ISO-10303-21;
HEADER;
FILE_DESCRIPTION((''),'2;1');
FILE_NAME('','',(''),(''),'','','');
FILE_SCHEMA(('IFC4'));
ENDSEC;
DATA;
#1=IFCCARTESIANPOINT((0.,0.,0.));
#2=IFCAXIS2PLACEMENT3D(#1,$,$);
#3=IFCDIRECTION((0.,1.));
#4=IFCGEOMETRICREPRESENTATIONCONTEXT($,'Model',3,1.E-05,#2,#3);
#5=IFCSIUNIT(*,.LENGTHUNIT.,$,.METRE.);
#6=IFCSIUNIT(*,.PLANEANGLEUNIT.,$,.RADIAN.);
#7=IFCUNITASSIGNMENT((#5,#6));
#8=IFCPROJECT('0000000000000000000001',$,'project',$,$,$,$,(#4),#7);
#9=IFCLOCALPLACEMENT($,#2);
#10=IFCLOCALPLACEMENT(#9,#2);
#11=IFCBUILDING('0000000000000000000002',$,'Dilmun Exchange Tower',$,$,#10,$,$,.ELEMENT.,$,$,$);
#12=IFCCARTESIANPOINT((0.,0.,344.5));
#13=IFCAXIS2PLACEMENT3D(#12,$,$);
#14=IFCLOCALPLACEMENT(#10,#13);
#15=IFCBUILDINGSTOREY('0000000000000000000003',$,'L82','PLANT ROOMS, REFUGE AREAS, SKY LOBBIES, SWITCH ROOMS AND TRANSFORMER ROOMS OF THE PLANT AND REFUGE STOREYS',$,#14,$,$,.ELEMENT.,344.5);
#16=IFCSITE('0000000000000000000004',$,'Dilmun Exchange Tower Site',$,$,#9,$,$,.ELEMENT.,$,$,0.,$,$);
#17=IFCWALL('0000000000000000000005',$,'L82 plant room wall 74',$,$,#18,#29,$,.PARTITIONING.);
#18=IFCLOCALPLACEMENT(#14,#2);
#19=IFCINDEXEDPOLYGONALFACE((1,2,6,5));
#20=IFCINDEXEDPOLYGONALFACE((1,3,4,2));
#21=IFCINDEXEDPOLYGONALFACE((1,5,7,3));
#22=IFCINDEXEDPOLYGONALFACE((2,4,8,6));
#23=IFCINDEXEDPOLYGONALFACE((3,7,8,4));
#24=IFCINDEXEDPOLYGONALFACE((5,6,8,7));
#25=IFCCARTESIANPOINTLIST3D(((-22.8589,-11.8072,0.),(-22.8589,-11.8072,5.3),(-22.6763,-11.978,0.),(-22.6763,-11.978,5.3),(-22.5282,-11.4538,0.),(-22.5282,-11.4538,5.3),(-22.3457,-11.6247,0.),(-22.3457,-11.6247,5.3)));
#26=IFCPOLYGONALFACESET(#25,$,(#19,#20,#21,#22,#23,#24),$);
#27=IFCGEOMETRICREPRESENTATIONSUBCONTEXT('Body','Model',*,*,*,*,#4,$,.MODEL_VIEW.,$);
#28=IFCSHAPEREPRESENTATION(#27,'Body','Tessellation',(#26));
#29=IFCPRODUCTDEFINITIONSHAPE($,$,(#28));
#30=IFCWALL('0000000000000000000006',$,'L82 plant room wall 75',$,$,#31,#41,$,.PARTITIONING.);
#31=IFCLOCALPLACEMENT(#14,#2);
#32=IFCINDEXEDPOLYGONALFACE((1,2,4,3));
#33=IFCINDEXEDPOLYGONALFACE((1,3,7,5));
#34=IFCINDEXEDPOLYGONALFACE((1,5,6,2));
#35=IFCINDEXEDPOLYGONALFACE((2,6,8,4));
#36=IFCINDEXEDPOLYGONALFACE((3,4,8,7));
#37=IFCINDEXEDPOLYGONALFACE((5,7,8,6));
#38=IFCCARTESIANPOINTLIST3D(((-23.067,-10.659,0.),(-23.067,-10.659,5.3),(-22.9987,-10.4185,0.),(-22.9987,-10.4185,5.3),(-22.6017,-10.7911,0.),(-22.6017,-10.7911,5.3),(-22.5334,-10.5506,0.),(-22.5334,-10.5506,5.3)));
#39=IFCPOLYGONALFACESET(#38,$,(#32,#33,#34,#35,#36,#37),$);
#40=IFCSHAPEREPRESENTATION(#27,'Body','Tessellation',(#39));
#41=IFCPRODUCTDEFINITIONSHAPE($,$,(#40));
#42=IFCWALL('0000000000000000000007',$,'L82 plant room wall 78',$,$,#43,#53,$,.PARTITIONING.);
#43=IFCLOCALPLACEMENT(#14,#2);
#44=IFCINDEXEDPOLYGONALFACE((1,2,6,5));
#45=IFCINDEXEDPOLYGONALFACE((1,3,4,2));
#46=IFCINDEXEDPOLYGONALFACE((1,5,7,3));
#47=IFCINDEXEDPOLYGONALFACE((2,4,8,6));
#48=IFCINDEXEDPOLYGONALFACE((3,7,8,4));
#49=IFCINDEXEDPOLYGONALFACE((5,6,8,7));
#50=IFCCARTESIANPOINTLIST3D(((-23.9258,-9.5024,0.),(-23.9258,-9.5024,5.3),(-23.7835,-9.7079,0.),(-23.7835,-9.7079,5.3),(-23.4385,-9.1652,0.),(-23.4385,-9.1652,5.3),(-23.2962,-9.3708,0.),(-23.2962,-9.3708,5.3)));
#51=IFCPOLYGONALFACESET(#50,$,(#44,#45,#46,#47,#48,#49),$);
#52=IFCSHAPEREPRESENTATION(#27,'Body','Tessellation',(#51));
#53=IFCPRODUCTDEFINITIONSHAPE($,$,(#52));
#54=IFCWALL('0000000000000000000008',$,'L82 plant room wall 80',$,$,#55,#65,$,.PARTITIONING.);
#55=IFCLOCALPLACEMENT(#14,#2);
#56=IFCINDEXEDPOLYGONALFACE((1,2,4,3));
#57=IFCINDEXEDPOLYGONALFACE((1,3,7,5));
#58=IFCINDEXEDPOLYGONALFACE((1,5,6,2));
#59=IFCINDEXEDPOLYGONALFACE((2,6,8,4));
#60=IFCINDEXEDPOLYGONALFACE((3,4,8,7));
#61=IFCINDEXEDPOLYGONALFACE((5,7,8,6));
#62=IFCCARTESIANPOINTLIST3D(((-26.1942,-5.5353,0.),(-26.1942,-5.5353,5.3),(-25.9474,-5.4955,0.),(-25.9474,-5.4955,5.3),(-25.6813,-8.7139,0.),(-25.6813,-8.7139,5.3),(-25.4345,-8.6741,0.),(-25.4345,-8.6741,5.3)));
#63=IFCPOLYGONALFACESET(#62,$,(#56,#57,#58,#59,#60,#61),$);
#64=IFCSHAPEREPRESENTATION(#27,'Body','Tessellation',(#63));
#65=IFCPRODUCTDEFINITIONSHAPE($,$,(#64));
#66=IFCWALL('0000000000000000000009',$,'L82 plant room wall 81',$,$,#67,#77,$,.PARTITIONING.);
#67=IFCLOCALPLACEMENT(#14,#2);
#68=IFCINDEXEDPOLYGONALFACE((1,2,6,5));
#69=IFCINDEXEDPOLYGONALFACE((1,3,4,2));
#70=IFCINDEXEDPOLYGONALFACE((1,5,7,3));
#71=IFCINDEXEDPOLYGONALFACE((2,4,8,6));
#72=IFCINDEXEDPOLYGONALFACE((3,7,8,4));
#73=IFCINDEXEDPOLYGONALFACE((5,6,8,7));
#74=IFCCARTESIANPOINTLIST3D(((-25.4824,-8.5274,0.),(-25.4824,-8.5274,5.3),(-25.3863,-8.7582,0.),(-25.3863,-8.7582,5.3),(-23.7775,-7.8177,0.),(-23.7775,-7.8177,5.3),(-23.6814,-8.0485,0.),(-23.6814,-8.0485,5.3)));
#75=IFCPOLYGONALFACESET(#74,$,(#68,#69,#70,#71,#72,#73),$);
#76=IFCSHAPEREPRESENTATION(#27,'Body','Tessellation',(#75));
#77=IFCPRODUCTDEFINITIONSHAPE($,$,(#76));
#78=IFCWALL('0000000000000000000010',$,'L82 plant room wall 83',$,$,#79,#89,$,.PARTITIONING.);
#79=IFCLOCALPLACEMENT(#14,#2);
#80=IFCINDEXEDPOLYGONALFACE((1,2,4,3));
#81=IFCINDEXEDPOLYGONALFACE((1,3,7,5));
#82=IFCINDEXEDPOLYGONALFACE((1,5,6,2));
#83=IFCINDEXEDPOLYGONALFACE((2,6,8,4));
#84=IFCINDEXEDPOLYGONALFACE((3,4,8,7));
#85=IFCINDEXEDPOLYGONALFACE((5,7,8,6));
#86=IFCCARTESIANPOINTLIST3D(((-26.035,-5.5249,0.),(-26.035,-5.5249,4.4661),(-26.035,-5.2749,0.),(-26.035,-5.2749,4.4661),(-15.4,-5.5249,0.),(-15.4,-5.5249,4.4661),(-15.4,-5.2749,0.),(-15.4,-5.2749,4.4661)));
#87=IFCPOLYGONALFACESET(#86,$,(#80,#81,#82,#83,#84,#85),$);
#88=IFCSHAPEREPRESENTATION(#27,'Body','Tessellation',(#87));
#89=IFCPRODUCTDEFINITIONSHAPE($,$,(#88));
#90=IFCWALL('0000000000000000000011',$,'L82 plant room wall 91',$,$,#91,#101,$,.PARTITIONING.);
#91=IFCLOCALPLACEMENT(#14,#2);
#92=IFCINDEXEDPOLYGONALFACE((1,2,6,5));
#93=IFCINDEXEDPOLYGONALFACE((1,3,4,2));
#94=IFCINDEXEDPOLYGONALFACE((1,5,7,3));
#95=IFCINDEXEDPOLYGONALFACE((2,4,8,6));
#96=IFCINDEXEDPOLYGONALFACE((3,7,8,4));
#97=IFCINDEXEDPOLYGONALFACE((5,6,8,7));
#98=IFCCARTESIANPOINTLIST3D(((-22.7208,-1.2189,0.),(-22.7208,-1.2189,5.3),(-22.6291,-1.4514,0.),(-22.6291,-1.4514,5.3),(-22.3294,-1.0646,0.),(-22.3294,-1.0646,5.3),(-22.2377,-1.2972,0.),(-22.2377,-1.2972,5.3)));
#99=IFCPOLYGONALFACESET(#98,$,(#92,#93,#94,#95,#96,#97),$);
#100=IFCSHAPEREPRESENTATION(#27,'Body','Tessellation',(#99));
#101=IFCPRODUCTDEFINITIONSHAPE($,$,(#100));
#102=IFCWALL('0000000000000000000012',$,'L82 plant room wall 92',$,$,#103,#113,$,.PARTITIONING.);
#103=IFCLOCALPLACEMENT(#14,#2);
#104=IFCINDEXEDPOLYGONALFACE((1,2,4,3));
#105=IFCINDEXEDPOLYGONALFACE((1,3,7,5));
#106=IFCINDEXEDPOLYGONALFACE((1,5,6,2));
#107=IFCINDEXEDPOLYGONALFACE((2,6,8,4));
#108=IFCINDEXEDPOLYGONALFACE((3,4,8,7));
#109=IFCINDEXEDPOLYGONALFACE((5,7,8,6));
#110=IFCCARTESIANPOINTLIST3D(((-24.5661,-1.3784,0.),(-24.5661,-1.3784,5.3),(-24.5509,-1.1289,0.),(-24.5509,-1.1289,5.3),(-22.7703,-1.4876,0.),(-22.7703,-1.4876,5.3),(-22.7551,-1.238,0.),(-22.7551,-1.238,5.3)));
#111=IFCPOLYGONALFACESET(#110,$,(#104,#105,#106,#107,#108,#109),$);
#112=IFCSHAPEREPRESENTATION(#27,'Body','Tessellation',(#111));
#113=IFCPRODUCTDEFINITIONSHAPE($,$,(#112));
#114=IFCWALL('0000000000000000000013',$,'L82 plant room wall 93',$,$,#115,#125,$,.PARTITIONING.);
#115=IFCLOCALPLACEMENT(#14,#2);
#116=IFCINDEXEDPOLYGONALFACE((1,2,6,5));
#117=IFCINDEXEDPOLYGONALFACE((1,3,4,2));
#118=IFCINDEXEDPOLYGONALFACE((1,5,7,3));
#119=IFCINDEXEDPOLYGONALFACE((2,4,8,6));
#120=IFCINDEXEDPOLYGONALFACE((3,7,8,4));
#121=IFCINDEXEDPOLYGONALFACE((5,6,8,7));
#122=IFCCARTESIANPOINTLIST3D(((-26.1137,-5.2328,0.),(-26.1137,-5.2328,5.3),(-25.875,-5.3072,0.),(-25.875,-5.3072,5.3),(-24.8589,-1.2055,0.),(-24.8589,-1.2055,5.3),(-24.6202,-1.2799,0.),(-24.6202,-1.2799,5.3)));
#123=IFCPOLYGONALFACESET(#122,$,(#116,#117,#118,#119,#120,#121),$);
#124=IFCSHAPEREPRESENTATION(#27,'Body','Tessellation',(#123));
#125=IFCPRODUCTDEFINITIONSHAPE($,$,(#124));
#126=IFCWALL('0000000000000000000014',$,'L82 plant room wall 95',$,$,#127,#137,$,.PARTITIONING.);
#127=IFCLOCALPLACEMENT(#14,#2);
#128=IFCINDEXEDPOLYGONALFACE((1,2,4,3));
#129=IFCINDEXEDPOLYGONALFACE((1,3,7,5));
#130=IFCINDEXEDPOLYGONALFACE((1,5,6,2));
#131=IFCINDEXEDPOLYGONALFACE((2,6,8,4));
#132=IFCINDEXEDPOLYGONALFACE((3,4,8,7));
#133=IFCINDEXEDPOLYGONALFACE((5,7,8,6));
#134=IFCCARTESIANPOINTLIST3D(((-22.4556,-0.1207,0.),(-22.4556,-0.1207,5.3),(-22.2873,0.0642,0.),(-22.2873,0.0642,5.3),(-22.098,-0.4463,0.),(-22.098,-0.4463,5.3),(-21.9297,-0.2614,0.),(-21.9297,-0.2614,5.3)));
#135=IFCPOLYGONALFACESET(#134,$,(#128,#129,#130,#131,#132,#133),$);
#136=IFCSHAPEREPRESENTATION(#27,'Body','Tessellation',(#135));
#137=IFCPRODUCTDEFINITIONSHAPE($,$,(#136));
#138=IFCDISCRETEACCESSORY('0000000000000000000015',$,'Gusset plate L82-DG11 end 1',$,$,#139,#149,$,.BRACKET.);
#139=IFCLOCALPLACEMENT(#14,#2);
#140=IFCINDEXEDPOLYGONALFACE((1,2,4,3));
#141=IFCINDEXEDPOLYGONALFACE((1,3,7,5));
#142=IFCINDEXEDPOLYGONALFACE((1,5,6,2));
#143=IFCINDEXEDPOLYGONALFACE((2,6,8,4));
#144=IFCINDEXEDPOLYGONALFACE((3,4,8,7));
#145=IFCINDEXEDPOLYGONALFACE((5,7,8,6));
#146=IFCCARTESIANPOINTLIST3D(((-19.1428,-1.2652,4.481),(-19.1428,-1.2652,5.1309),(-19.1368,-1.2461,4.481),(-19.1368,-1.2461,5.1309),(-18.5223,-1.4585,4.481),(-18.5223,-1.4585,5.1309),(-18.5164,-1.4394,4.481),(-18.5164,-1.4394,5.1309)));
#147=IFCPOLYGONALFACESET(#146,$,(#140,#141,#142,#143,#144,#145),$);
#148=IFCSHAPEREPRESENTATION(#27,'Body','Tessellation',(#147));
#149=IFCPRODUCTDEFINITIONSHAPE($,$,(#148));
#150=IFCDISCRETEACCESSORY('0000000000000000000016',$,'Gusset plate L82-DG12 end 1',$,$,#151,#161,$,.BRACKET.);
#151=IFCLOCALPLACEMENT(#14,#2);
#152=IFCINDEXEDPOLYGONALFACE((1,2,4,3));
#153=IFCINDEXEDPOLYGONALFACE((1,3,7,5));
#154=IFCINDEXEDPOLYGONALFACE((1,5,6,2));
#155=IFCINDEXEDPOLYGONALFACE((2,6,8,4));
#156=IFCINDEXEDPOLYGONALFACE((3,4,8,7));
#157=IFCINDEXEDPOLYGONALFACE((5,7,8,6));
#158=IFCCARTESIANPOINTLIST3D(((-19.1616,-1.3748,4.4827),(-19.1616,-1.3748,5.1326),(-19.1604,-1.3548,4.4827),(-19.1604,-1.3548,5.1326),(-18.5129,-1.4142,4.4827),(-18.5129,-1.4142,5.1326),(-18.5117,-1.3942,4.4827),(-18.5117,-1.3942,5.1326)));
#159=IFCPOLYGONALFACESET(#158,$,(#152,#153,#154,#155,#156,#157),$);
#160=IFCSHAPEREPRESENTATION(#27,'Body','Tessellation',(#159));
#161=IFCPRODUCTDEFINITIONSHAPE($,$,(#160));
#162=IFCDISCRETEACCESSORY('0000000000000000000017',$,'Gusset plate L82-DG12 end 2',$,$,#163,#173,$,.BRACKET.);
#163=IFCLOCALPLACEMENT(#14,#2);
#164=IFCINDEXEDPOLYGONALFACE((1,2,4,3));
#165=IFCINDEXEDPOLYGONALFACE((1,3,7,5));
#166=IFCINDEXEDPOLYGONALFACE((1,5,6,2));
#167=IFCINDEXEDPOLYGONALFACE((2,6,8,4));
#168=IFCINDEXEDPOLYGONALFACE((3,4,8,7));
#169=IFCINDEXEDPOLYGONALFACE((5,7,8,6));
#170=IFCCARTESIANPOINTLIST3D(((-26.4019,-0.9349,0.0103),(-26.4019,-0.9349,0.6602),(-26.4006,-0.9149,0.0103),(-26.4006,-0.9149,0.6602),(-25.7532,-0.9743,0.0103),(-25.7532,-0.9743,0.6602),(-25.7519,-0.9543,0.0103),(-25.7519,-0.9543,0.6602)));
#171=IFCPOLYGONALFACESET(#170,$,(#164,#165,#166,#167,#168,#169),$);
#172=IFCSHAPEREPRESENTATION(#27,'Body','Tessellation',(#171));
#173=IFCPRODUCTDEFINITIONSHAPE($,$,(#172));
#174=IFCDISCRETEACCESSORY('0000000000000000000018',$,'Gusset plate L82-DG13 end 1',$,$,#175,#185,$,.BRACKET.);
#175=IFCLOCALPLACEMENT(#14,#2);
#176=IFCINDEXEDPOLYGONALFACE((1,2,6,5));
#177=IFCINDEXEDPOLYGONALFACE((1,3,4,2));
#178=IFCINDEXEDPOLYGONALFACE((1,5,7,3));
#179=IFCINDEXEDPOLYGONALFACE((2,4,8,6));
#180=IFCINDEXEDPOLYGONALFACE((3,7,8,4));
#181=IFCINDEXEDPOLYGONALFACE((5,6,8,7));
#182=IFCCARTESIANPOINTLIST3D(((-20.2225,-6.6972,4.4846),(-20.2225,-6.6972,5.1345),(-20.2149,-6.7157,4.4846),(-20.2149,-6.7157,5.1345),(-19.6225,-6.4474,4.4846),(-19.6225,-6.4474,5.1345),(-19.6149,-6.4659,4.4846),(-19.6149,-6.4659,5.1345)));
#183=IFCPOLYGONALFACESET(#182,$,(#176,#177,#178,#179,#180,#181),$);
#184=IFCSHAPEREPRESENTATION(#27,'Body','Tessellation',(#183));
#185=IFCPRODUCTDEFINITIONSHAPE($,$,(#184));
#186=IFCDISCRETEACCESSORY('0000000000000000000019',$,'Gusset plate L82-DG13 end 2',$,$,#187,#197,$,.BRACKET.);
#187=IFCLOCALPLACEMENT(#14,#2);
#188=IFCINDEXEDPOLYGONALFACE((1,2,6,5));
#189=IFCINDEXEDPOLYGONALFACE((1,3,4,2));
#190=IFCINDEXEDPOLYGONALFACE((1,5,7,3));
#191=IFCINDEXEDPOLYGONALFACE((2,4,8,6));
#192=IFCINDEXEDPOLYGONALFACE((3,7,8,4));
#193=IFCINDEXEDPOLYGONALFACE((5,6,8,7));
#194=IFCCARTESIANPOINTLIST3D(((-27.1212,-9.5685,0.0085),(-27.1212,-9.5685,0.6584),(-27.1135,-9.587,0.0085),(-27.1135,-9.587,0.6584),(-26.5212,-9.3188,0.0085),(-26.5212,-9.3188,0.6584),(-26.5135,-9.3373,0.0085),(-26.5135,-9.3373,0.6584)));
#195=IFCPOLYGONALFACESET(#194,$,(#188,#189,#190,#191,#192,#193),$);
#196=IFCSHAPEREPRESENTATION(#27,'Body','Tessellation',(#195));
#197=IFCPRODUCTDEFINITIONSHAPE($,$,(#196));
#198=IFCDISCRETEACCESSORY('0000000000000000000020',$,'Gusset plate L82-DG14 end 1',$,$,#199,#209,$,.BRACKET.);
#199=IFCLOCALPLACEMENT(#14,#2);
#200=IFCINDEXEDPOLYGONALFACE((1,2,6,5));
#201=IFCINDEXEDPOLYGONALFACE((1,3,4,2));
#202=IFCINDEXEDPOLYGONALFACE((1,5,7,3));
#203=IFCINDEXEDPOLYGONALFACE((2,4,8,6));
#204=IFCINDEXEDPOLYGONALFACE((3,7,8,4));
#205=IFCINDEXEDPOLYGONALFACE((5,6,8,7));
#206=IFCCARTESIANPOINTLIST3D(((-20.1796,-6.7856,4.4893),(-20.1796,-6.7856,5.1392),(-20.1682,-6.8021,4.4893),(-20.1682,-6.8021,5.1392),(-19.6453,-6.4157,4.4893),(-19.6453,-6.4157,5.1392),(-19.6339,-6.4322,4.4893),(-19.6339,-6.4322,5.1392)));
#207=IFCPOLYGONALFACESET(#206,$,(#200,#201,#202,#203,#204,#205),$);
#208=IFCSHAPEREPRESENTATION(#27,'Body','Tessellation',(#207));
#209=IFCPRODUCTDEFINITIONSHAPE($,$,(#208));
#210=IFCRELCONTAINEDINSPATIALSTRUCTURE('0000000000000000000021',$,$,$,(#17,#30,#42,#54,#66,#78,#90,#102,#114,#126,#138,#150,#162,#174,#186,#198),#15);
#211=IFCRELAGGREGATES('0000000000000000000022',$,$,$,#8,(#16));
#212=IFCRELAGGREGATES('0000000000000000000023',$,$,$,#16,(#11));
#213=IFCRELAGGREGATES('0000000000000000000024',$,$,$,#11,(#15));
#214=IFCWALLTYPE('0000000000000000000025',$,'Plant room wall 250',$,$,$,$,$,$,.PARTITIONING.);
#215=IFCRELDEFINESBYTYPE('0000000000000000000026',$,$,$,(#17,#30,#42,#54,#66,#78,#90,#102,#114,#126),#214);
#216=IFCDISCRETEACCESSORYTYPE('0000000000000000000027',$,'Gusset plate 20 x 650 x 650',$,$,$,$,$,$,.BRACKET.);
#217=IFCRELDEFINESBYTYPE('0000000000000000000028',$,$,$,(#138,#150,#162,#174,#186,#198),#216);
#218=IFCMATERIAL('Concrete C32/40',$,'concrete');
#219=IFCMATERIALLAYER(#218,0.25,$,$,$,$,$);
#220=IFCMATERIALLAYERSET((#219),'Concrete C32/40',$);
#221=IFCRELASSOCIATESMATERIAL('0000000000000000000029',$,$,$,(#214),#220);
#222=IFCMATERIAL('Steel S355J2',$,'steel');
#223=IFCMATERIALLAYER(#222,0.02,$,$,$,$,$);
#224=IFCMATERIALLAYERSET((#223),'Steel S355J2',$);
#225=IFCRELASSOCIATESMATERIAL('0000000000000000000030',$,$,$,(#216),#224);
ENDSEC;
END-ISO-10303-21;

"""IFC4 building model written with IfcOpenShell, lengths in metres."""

from ifc_helpers import new_model, si_unit, direction, frame, frame_2d, origin, origin_2d, place, context, subcontext, project, spatial, rectangle, extrude, material, layer, layer_set, type_object, element, save


model = new_model("IFC4")

# Units and contexts
model_context = context("Model", 3, precision=1e-05, world=origin(), true_north=direction((0.0, 1.0)))
body_context = subcontext(model_context, "Body", "Model", "MODEL_VIEW")
ifc_project = project(units=[si_unit("LENGTHUNIT", "METRE"), si_unit("PLANEANGLEUNIT", "RADIAN")], contexts=[model_context])

# Site, building, storey
site_placement = place(None, origin())
site = spatial("IfcSite", under=ifc_project, at=site_placement, Name="Dilmun Exchange Tower Site", CompositionType="ELEMENT", RefElevation=0.0)
building_placement = place(site_placement, origin())
building = spatial("IfcBuilding", under=site, at=building_placement, Name="Dilmun Exchange Tower", CompositionType="ELEMENT")
storey_placement = place(building_placement, frame((0.0, 0.0, 344.5)))
storey = spatial("IfcBuildingStorey", under=building, at=storey_placement, Name="L82", Description="PLANT ROOMS, REFUGE AREAS, SKY LOBBIES, SWITCH ROOMS AND TRANSFORMER ROOMS OF THE PLANT AND REFUGE STOREYS", CompositionType="ELEMENT", Elevation=344.5)

# Walls
ifc_material_1 = material(Name="Concrete C32/40", Category="concrete")
ifc_layer_1 = layer(ifc_material_1, 0.25)
ifc_layer_set_1 = layer_set([ifc_layer_1], Name="Concrete C32/40")
wall_type = type_object("IfcWallType", Name="Plant room wall 250", PredefinedType="PARTITIONING", material=ifc_layer_set_1)
wall_1_placement = place(storey_placement, frame((-22.7676, -11.8926, 0.0), z_axis=(0.0, 0.0, 1.0), x_axis=(0.683253, 0.730182, 0.0)))
element("IfcWall", 1, at=wall_1_placement, inside=storey, type_object=wall_type, Name="L82 plant room wall 74", PredefinedType="PARTITIONING", context=body_context, shape_type="SweptSolid", body=[
    extrude(rectangle(XDim=0.4839, YDim=0.25, at=frame_2d((0.2419, 0.0))), origin(), (0.0, 0.0, 1.0), 5.3),
])
wall_2_placement = place(storey_placement, frame((-23.0327, -10.5388, 0.0), z_axis=(0.0, 0.0, 1.0), x_axis=(0.961999, -0.273054, 0.0)))
element("IfcWall", 2, at=wall_2_placement, inside=storey, type_object=wall_type, Name="L82 plant room wall 75", PredefinedType="PARTITIONING", context=body_context, shape_type="SweptSolid", body=[
    extrude(rectangle(XDim=0.4836, YDim=0.25, at=frame_2d((0.2417, 0.0))), origin(), (0.0, 0.0, 1.0), 5.3),
])
wall_3_placement = place(storey_placement, frame((-23.8547, -9.6052, 0.0), z_axis=(0.0, 0.0, 1.0), x_axis=(0.822355, 0.568974, 0.0)))
element("IfcWall", 3, at=wall_3_placement, inside=storey, type_object=wall_type, Name="L82 plant room wall 78", PredefinedType="PARTITIONING", context=body_context, shape_type="SweptSolid", body=[
    extrude(rectangle(XDim=0.5925, YDim=0.25, at=frame_2d((0.2964, 0.0))), origin(), (0.0, 0.0, 1.0), 5.3),
])
wall_4_placement = place(storey_placement, frame((-26.0708, -5.5154, 0.0), z_axis=(0.0, 0.0, 1.0), x_axis=(0.159306, -0.987229, 0.0)))
element("IfcWall", 4, at=wall_4_placement, inside=storey, type_object=wall_type, Name="L82 plant room wall 80", PredefinedType="PARTITIONING", context=body_context, shape_type="SweptSolid", body=[
    extrude(rectangle(XDim=3.2197, YDim=0.25, at=frame_2d((1.6099, 0.0))), origin(), (0.0, 0.0, 1.0), 5.3),
])
wall_5_placement = place(storey_placement, frame((-25.4343, -8.6428, 0.0), z_axis=(0.0, 0.0, 1.0), x_axis=(0.923198, 0.384324, 0.0)))
element("IfcWall", 5, at=wall_5_placement, inside=storey, type_object=wall_type, Name="L82 plant room wall 81", PredefinedType="PARTITIONING", context=body_context, shape_type="SweptSolid", body=[
    extrude(rectangle(XDim=1.8467, YDim=0.25, at=frame_2d((0.9233, 0.0))), origin(), (0.0, 0.0, 1.0), 5.3),
])
wall_6_placement = place(storey_placement, frame((-26.0349, -5.3999, 0.0), z_axis=(0.0, 0.0, 1.0), x_axis=(1.0, 0.0, 0.0)))
element("IfcWall", 6, at=wall_6_placement, inside=storey, type_object=wall_type, Name="L82 plant room wall 83", PredefinedType="PARTITIONING", context=body_context, shape_type="SweptSolid", body=[
    extrude(rectangle(XDim=10.635, YDim=0.25, at=frame_2d((5.3174, 0.0))), origin(), (0.0, 0.0, 1.0), 4.4661),
])
wall_7_placement = place(storey_placement, frame((-22.675, -1.3352, 0.0), z_axis=(0.0, 0.0, 1.0), x_axis=(0.930306, 0.366783, 0.0)))
element("IfcWall", 7, at=wall_7_placement, inside=storey, type_object=wall_type, Name="L82 plant room wall 91", PredefinedType="PARTITIONING", context=body_context, shape_type="SweptSolid", body=[
    extrude(rectangle(XDim=0.4207, YDim=0.25, at=frame_2d((0.2104, 0.0))), origin(), (0.0, 0.0, 1.0), 5.3),
])
wall_8_placement = place(storey_placement, frame((-24.5583, -1.2537, 0.0), z_axis=(0.0, 0.0, 1.0), x_axis=(0.998158, -0.060663, 0.0)))
element("IfcWall", 8, at=wall_8_placement, inside=storey, type_object=wall_type, Name="L82 plant room wall 92", PredefinedType="PARTITIONING", context=body_context, shape_type="SweptSolid", body=[
    extrude(rectangle(XDim=1.7991, YDim=0.25, at=frame_2d((0.8994, 0.0))), origin(), (0.0, 0.0, 1.0), 5.3),
])
wall_9_placement = place(storey_placement, frame((-25.9944, -5.27, 0.0), z_axis=(0.0, 0.0, 1.0), x_axis=(0.297484, 0.954727, 0.0)))
element("IfcWall", 9, at=wall_9_placement, inside=storey, type_object=wall_type, Name="L82 plant room wall 93", PredefinedType="PARTITIONING", context=body_context, shape_type="SweptSolid", body=[
    extrude(rectangle(XDim=4.2183, YDim=0.25, at=frame_2d((2.1091, 0.0))), origin(), (0.0, 0.0, 1.0), 5.3),
])
wall_10_placement = place(storey_placement, frame((-22.3713, -0.0283, 0.0), z_axis=(0.0, 0.0, 1.0), x_axis=(0.739392, -0.673275, 0.0)))
element("IfcWall", 10, at=wall_10_placement, inside=storey, type_object=wall_type, Name="L82 plant room wall 95", PredefinedType="PARTITIONING", context=body_context, shape_type="SweptSolid", body=[
    extrude(rectangle(XDim=0.4836, YDim=0.25, at=frame_2d((0.2417, 0.0))), origin(), (0.0, 0.0, 1.0), 5.3),
])

# Discrete accessories
ifc_material_2 = material(Name="Steel S355J2", Category="steel")
ifc_layer_2 = layer(ifc_material_2, 0.02)
ifc_layer_set_2 = layer_set([ifc_layer_2], Name="Steel S355J2")
discrete_accessory_type = type_object("IfcDiscreteAccessoryType", Name="Gusset plate 20 x 650 x 650", PredefinedType="BRACKET", material=ifc_layer_set_2)
for number, where, z_axis, x_axis, name in (
    (11, (-18.8296, -1.3523, 4.481), (0.0, 0.0, 1.0), (-0.954721, 0.297503, 0.0), "Gusset plate L82-DG11 end 1"),
    (12, (-18.8367, -1.3845, 4.4827), (0.0, 0.0, 1.0), (-0.998158, 0.060674, 0.0), "Gusset plate L82-DG12 end 1"),
    (13, (-26.0769, -0.9446, 0.0103), (0.0, 0.0, 1.0), (-0.998158, 0.060674, 0.0), "Gusset plate L82-DG12 end 2"),
    (14, (-19.9187, -6.5815, 4.4846), (0.0, 0.0, 1.0), (-0.923222, -0.384268, 0.0), "Gusset plate L82-DG13 end 1"),
    (15, (-26.8174, -9.4529, 0.0085), (0.0, 0.0, 1.0), (-0.923222, -0.384268, 0.0), "Gusset plate L82-DG13 end 2"),
    (16, (-19.9067, -6.6089, 4.4893), (0.0, 0.0, 1.0), (-0.822198, -0.569202, 0.0), "Gusset plate L82-DG14 end 1"),
):
    element("IfcDiscreteAccessory", number, at=place(storey_placement, frame(where, z_axis=z_axis, x_axis=x_axis)), inside=storey, type_object=discrete_accessory_type, Name=name, PredefinedType="BRACKET", context=body_context, shape_type="SweptSolid", body=[
        extrude(rectangle(XDim=0.6499, YDim=0.02, at=origin_2d()), origin(), (0.0, 0.0, 1.0), 0.6499),
    ])

save(model, "model.ifc")
